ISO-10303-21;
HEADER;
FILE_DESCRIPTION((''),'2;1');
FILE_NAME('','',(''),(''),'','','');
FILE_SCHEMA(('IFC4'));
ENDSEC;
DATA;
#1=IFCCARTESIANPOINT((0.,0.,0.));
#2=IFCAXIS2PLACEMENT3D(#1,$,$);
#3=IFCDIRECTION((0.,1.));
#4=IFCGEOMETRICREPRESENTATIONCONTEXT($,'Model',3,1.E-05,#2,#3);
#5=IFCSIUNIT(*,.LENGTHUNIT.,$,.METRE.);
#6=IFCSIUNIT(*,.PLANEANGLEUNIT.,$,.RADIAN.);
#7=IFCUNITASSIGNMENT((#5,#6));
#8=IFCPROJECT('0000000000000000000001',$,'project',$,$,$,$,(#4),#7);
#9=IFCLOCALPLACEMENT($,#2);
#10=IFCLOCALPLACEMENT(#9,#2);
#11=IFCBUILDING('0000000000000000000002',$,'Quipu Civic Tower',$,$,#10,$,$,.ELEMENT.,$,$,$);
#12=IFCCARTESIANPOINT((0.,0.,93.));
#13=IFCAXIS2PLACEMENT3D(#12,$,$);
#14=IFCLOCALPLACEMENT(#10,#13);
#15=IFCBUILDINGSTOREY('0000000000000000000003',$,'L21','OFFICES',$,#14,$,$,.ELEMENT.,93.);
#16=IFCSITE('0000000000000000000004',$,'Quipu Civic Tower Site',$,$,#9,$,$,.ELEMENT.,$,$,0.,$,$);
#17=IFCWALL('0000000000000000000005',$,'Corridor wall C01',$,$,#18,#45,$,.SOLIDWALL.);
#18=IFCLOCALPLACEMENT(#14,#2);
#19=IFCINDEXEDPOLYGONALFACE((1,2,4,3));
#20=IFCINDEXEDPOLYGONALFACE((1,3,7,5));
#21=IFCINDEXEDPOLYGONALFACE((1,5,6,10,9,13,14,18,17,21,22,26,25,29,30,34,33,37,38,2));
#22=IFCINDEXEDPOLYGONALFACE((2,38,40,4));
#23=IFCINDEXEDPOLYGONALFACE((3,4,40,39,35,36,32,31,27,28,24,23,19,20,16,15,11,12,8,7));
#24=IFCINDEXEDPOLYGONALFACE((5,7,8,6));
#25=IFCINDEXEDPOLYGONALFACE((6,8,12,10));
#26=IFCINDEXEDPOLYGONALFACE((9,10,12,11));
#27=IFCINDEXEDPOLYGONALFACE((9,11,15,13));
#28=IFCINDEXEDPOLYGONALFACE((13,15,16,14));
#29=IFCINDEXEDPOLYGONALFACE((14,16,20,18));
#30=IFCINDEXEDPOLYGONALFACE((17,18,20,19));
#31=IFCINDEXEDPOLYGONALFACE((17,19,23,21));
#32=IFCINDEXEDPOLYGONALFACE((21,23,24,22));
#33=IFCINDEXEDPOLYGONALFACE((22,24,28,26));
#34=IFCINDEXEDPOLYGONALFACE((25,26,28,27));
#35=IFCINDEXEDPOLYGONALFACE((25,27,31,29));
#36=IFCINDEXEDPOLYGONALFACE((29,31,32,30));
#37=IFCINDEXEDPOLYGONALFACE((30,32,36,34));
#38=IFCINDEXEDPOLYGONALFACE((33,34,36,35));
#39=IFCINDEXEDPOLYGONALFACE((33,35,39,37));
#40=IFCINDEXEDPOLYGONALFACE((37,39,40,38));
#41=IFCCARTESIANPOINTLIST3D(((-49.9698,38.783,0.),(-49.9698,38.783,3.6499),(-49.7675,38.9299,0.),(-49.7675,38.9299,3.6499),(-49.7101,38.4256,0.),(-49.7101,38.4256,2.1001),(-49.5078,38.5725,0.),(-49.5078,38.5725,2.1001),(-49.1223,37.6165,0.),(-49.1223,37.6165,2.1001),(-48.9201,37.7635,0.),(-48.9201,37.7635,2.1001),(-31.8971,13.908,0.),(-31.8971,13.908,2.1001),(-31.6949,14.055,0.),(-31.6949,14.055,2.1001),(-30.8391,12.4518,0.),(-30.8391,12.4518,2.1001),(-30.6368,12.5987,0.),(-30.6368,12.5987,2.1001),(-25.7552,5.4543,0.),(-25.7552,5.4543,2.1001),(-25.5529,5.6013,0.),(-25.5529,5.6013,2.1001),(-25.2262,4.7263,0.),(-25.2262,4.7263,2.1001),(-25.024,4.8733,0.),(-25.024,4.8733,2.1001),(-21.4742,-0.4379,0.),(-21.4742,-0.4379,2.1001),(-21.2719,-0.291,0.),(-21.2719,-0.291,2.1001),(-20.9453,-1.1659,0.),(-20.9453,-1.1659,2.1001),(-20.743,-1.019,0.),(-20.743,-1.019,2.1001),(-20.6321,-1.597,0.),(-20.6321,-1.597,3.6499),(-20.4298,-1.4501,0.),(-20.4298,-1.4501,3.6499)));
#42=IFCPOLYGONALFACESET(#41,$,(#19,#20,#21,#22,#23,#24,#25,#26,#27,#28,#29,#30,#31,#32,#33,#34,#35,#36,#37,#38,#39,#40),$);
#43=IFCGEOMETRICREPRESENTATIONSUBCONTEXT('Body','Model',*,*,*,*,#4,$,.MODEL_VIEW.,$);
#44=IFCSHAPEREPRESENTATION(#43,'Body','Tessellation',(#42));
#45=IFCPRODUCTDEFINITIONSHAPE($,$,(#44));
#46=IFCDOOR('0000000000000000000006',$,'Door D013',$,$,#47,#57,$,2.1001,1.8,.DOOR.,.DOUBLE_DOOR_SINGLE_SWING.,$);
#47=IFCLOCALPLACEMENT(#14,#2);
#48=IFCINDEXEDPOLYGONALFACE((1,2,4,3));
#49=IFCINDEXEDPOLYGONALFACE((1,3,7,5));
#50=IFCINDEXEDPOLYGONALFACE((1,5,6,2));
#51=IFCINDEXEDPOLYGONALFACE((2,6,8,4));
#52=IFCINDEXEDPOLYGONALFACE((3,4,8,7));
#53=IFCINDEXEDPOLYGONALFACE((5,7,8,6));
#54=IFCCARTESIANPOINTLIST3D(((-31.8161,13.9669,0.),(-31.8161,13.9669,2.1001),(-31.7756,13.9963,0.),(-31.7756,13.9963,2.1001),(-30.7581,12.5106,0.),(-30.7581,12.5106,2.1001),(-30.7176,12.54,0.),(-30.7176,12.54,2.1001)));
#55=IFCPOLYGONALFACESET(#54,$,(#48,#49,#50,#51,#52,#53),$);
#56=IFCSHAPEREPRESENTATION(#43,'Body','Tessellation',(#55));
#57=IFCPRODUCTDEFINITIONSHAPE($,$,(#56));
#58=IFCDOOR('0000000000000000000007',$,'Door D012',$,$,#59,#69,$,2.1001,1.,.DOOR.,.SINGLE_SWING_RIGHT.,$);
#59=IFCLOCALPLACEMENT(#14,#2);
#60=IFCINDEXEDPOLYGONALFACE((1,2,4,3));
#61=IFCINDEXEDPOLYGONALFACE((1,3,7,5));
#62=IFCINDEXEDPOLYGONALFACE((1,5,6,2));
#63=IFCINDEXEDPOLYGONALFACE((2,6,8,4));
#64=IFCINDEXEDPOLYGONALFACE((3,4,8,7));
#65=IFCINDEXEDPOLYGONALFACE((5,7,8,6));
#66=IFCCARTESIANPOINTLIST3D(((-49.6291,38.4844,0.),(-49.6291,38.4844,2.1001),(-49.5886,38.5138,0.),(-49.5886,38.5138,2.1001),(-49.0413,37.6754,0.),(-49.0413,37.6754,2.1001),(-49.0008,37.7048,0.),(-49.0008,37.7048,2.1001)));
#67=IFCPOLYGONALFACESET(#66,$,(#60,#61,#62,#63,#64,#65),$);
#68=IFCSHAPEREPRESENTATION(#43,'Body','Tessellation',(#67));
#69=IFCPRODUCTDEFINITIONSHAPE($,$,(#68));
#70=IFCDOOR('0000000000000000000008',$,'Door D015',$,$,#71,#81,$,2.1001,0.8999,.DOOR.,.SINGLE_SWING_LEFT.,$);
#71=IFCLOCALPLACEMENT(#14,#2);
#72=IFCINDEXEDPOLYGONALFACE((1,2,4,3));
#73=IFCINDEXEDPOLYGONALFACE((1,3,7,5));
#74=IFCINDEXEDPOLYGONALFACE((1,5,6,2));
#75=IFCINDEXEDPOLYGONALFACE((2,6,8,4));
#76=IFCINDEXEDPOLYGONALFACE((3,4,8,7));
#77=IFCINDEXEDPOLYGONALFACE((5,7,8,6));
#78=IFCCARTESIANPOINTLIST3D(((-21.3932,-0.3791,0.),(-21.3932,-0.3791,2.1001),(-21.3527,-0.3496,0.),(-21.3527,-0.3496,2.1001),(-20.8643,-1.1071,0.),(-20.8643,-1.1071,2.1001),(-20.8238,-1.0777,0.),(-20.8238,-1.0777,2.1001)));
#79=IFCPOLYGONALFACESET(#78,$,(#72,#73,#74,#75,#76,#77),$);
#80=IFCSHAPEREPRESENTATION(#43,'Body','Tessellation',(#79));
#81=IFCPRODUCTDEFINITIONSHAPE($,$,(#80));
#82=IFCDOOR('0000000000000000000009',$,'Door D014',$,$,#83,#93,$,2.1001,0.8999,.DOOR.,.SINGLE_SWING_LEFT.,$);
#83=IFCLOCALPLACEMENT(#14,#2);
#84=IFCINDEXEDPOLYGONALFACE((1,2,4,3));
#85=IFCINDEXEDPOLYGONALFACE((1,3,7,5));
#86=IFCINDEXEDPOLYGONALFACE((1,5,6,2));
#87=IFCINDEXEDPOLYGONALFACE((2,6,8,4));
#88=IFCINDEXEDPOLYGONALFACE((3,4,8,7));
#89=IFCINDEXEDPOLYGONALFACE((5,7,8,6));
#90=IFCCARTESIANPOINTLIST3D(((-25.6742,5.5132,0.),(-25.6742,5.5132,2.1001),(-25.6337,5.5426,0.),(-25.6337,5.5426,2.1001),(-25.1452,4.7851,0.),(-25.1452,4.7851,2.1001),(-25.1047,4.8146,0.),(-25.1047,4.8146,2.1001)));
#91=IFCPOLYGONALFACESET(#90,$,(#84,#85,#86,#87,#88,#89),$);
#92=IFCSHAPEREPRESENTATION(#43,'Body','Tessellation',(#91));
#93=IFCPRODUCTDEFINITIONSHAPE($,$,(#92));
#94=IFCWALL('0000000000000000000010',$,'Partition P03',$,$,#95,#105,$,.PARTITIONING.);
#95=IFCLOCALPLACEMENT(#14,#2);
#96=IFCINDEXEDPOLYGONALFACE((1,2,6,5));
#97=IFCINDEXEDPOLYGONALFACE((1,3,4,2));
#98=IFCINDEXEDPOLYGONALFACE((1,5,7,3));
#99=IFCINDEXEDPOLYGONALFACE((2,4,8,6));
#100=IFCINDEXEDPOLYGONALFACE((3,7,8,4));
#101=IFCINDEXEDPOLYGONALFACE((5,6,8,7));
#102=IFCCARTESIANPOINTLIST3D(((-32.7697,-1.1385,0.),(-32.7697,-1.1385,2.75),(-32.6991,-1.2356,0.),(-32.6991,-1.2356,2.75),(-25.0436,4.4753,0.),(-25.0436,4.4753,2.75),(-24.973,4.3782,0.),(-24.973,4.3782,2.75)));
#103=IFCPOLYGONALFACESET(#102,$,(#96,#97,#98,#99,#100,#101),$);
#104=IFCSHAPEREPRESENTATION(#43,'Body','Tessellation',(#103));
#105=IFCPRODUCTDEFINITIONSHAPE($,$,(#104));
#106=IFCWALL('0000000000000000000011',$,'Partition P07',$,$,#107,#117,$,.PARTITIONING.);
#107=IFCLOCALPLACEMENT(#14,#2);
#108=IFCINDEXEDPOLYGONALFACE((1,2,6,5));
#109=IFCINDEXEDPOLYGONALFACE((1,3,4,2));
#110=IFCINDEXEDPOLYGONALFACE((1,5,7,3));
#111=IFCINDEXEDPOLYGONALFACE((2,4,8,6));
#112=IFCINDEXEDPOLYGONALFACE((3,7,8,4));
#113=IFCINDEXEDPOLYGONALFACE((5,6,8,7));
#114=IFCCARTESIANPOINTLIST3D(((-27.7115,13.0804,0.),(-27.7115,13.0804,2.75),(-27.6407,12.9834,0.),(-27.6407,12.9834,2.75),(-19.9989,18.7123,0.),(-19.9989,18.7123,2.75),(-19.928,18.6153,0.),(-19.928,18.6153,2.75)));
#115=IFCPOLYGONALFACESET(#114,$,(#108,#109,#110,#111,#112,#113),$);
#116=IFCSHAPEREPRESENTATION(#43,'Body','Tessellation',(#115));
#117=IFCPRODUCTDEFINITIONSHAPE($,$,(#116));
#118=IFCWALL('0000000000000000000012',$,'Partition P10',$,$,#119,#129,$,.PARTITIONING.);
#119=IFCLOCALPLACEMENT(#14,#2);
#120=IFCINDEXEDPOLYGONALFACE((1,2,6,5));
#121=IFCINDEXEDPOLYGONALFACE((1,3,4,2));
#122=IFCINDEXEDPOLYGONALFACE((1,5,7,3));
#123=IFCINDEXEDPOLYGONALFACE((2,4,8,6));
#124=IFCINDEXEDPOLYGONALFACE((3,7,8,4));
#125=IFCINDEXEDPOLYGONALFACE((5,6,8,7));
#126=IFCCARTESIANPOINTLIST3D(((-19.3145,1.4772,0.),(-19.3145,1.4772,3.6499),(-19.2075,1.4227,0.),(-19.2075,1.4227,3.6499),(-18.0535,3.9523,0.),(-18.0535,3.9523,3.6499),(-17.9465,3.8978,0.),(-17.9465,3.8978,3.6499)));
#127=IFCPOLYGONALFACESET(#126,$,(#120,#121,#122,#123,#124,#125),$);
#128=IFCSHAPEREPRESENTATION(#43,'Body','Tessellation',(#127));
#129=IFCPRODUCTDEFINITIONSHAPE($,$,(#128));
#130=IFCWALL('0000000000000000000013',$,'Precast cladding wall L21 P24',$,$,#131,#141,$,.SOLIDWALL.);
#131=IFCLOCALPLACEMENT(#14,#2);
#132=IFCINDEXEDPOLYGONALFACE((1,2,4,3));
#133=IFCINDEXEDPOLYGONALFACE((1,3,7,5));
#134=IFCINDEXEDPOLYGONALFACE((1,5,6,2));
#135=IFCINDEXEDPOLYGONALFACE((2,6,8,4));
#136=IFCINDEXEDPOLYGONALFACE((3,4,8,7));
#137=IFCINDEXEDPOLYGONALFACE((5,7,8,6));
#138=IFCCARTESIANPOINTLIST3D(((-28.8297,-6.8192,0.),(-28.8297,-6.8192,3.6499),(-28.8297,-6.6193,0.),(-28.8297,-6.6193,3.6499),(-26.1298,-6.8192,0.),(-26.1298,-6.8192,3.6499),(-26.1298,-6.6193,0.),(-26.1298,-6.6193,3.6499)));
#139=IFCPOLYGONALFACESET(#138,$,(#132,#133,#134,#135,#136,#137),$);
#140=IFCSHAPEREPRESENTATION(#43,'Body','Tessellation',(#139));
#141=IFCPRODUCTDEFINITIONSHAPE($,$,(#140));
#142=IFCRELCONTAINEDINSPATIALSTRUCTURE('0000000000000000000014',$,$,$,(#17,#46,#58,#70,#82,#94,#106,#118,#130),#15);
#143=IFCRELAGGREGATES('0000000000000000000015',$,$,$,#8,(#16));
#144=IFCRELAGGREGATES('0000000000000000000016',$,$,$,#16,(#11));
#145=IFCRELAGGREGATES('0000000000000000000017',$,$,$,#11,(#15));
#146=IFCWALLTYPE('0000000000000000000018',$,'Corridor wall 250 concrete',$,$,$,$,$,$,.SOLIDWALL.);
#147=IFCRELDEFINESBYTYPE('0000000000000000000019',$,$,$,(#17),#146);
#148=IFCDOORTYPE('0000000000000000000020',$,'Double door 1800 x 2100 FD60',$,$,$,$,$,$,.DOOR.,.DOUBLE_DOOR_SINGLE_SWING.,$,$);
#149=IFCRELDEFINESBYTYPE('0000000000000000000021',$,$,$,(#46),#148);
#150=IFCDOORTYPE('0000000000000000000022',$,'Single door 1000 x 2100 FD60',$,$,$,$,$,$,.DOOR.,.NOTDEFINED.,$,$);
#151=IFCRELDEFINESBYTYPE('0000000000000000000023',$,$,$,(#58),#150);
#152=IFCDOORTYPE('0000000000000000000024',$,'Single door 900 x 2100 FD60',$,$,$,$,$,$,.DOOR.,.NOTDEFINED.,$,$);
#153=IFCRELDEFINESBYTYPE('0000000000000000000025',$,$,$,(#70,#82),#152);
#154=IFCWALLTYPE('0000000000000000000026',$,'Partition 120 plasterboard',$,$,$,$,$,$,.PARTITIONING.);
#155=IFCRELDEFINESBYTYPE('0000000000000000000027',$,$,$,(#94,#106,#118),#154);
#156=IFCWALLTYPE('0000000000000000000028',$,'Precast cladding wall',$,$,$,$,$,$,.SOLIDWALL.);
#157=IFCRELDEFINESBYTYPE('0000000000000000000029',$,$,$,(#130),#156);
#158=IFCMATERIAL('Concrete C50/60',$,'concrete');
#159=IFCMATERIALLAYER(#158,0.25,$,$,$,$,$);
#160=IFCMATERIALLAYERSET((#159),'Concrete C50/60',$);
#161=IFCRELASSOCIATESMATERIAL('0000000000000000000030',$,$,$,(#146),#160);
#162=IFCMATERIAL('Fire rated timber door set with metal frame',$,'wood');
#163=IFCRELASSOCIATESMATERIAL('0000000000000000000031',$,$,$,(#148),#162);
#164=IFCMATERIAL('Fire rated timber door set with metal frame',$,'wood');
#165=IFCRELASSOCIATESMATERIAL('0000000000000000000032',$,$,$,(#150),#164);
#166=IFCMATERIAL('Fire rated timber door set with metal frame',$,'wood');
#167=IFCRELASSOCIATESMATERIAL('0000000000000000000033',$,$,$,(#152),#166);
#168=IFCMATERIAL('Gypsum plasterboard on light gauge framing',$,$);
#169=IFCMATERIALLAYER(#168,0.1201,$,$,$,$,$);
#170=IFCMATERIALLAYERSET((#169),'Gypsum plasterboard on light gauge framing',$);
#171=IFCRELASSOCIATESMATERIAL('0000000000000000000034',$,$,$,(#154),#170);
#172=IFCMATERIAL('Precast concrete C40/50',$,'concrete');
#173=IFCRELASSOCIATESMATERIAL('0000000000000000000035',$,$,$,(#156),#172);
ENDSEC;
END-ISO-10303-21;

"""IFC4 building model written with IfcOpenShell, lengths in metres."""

from ifc_helpers import new_model, si_unit, direction, frame, frame_2d, origin, place, context, subcontext, project, spatial, rectangle, extrude, material, layer, layer_set, type_object, element, fill, save


model = new_model("IFC4")

# Units and contexts
model_context = context("Model", 3, precision=1e-05, world=origin(), true_north=direction((0.0, 1.0)))
body_context = subcontext(model_context, "Body", "Model", "MODEL_VIEW")
ifc_project = project(units=[si_unit("LENGTHUNIT", "METRE"), si_unit("PLANEANGLEUNIT", "RADIAN")], contexts=[model_context])

# Site, building, storey
site_placement = place(None, origin())
site = spatial("IfcSite", under=ifc_project, at=site_placement, Name="Quipu Civic Tower Site", CompositionType="ELEMENT", RefElevation=0.0)
building_placement = place(site_placement, origin())
building = spatial("IfcBuilding", under=site, at=building_placement, Name="Quipu Civic Tower", CompositionType="ELEMENT")
storey_placement = place(building_placement, frame((0.0, 0.0, 93.0)))
storey = spatial("IfcBuildingStorey", under=building, at=storey_placement, Name="L21", Description="OFFICES", CompositionType="ELEMENT", Elevation=93.0)

# Wall, openings, doors
ifc_material_1 = material(Name="Concrete C50/60", Category="concrete")
ifc_layer_1 = layer(ifc_material_1, 0.25)
ifc_layer_set_1 = layer_set([ifc_layer_1], Name="Concrete C50/60")
wall_type_1 = type_object("IfcWallType", Name="Corridor wall 250 concrete", PredefinedType="SOLIDWALL", material=ifc_layer_set_1)
wall_1_placement = place(storey_placement, frame((-20.531, -1.5234, 0.0), z_axis=(0.0, 0.0, 1.0), x_axis=(-0.587785, 0.809018, 0.0)))
wall_1 = element("IfcWall", 1, at=wall_1_placement, inside=storey, type_object=wall_type_1, Name="Corridor wall C01", PredefinedType="SOLIDWALL", context=body_context, shape_type="SweptSolid", body=[
    extrude(rectangle(XDim=49.9124, YDim=0.25, at=frame_2d((24.9561, 0.0))), origin(), (0.0, 0.0, 1.0), 3.6499),
])
opening_1_placement = place(wall_1_placement, frame((0.5327, 0.0, 0.0)))
opening_1 = element("IfcOpeningElement", 2, at=opening_1_placement, cuts=wall_1, PredefinedType="OPENING", context=body_context, shape_type="SweptSolid", body=[
    extrude(rectangle(XDim=0.8999, YDim=2.1001, at=frame_2d((0.45, 1.05))), frame((0.0, 0.135, 0.0), z_axis=(0.0, -1.0, 0.0), x_axis=(1.0, 0.0, 0.0)), (0.0, 0.0, 1.0), 0.27),
])
opening_2_placement = place(wall_1_placement, frame((48.4705, 0.0, 0.0)))
opening_2 = element("IfcOpeningElement", 3, at=opening_2_placement, cuts=wall_1, PredefinedType="OPENING", context=body_context, shape_type="SweptSolid", body=[
    extrude(rectangle(XDim=1.0, YDim=2.1001, at=frame_2d((0.5, 1.05))), frame((0.0, 0.135, 0.0), z_axis=(0.0, -1.0, 0.0), x_axis=(1.0, 0.0, 0.0)), (0.0, 0.0, 1.0), 0.27),
])
opening_3_placement = place(wall_1_placement, frame((17.3652, 0.0, 0.0)))
opening_3 = element("IfcOpeningElement", 4, at=opening_3_placement, cuts=wall_1, PredefinedType="OPENING", context=body_context, shape_type="SweptSolid", body=[
    extrude(rectangle(XDim=1.8, YDim=2.1001, at=frame_2d((0.8999, 1.05))), frame((0.0, 0.135, 0.0), z_axis=(0.0, -1.0, 0.0), x_axis=(1.0, 0.0, 0.0)), (0.0, 0.0, 1.0), 0.27),
])
opening_4_placement = place(wall_1_placement, frame((7.8159, 0.0, 0.0)))
opening_4 = element("IfcOpeningElement", 5, at=opening_4_placement, cuts=wall_1, PredefinedType="OPENING", context=body_context, shape_type="SweptSolid", body=[
    extrude(rectangle(XDim=0.8999, YDim=2.1001, at=frame_2d((0.45, 1.05))), frame((0.0, 0.135, 0.0), z_axis=(0.0, -1.0, 0.0), x_axis=(1.0, 0.0, 0.0)), (0.0, 0.0, 1.0), 0.27),
])
ifc_material_2 = material(Name="Fire rated timber door set with metal frame", Category="wood")
door_type_1 = type_object("IfcDoorType", Name="Double door 1800 x 2100 FD60", OperationType="DOUBLE_DOOR_SINGLE_SWING", PredefinedType="DOOR", material=ifc_material_2)
door_1_placement = place(opening_3_placement, origin())
door_1 = element("IfcDoor", 6, at=door_1_placement, inside=storey, type_object=door_type_1, Name="Door D013", OperationType="DOUBLE_DOOR_SINGLE_SWING", OverallHeight=2.1001, OverallWidth=1.8, PredefinedType="DOOR", context=body_context, shape_type="SweptSolid", body=[
    extrude(rectangle(XDim=1.8, YDim=2.1001, at=frame_2d((0.8999, 1.05))), frame((0.0, 0.0249, 0.0), z_axis=(0.0, -1.0, 0.0), x_axis=(1.0, 0.0, 0.0)), (0.0, 0.0, 1.0), 0.05),
])
fill(opening_3, door_1)
ifc_material_3 = material(Name="Fire rated timber door set with metal frame", Category="wood")
door_type_2 = type_object("IfcDoorType", Name="Single door 1000 x 2100 FD60", OperationType="NOTDEFINED", PredefinedType="DOOR", material=ifc_material_3)
door_2_placement = place(opening_2_placement, origin())
door_2 = element("IfcDoor", 7, at=door_2_placement, inside=storey, type_object=door_type_2, Name="Door D012", OperationType="SINGLE_SWING_RIGHT", OverallHeight=2.1001, OverallWidth=1.0, PredefinedType="DOOR", context=body_context, shape_type="SweptSolid", body=[
    extrude(rectangle(XDim=1.0, YDim=2.1001, at=frame_2d((0.5, 1.05))), frame((0.0, 0.0249, 0.0), z_axis=(0.0, -1.0, 0.0), x_axis=(1.0, 0.0, 0.0)), (0.0, 0.0, 1.0), 0.05),
])
fill(opening_2, door_2)
ifc_material_4 = material(Name="Fire rated timber door set with metal frame", Category="wood")
door_type_3 = type_object("IfcDoorType", Name="Single door 900 x 2100 FD60", OperationType="NOTDEFINED", PredefinedType="DOOR", material=ifc_material_4)
door_3_placement = place(opening_1_placement, origin())
door_3 = element("IfcDoor", 8, at=door_3_placement, inside=storey, type_object=door_type_3, Name="Door D015", OperationType="SINGLE_SWING_LEFT", OverallHeight=2.1001, OverallWidth=0.8999, PredefinedType="DOOR", context=body_context, shape_type="SweptSolid", body=[
    extrude(rectangle(XDim=0.8999, YDim=2.1001, at=frame_2d((0.45, 1.05))), frame((0.0, 0.0249, 0.0), z_axis=(0.0, -1.0, 0.0), x_axis=(1.0, 0.0, 0.0)), (0.0, 0.0, 1.0), 0.05),
])
fill(opening_1, door_3)
door_4_placement = place(opening_4_placement, origin())
door_4 = element("IfcDoor", 9, at=door_4_placement, inside=storey, type_object=door_type_3, Name="Door D014", OperationType="SINGLE_SWING_LEFT", OverallHeight=2.1001, OverallWidth=0.8999, PredefinedType="DOOR", context=body_context, shape_type="SweptSolid", body=[
    extrude(rectangle(XDim=0.8999, YDim=2.1001, at=frame_2d((0.45, 1.05))), frame((0.0, 0.0249, 0.0), z_axis=(0.0, -1.0, 0.0), x_axis=(1.0, 0.0, 0.0)), (0.0, 0.0, 1.0), 0.05),
])
fill(opening_4, door_4)

# Walls
ifc_material_5 = material(Name="Gypsum plasterboard on light gauge framing")
ifc_layer_2 = layer(ifc_material_5, 0.1201)
ifc_layer_set_2 = layer_set([ifc_layer_2], Name="Gypsum plasterboard on light gauge framing")
wall_type_2 = type_object("IfcWallType", Name="Partition 120 plasterboard", PredefinedType="PARTITIONING", material=ifc_layer_set_2)
wall_2_placement = place(storey_placement, frame((-25.0083, 4.4268, 0.0), z_axis=(0.0, 0.0, 1.0), x_axis=(-0.808995, -0.587816, 0.0)))
element("IfcWall", 10, at=wall_2_placement, inside=storey, type_object=wall_type_2, Name="Partition P03", PredefinedType="PARTITIONING", context=body_context, shape_type="SweptSolid", body=[
    extrude(rectangle(XDim=9.5503, YDim=0.1201, at=frame_2d((4.7751, 0.0))), origin(), (0.0, 0.0, 1.0), 2.75),
])
wall_3_placement = place(storey_placement, frame((-27.676, 13.032, 0.0), z_axis=(0.0, 0.0, 1.0), x_axis=(0.807607, 0.589721, 0.0)))
element("IfcWall", 11, at=wall_3_placement, inside=storey, type_object=wall_type_2, Name="Partition P07", PredefinedType="PARTITIONING", context=body_context, shape_type="SweptSolid", body=[
    extrude(rectangle(XDim=9.55, YDim=0.1201, at=frame_2d((4.7749, 0.0))), origin(), (0.0, 0.0, 1.0), 2.75),
])
wall_4_placement = place(storey_placement, frame((-19.261, 1.45, 0.0), z_axis=(0.0, 0.0, 1.0), x_axis=(0.453951, 0.891027, 0.0)))
element("IfcWall", 12, at=wall_4_placement, inside=storey, type_object=wall_type_2, Name="Partition P10", PredefinedType="PARTITIONING", context=body_context, shape_type="SweptSolid", body=[
    extrude(rectangle(XDim=2.7778, YDim=0.1201, at=frame_2d((1.3889, 0.0))), origin(), (0.0, 0.0, 1.0), 3.6499),
])
ifc_material_6 = material(Name="Precast concrete C40/50", Category="concrete")
wall_type_3 = type_object("IfcWallType", Name="Precast cladding wall", PredefinedType="SOLIDWALL", material=ifc_material_6)
wall_5_placement = place(storey_placement, frame((-28.8298, -6.7192, 0.0), z_axis=(0.0, 0.0, 1.0), x_axis=(1.0, 0.0, 0.0)))
element("IfcWall", 13, at=wall_5_placement, inside=storey, type_object=wall_type_3, Name="Precast cladding wall L21 P24", PredefinedType="SOLIDWALL", context=body_context, shape_type="SweptSolid", body=[
    extrude(rectangle(XDim=2.7, YDim=0.2, at=frame_2d((1.3501, 0.0))), origin(), (0.0, 0.0, 1.0), 3.6499),
])

save(model, "model.ifc")
